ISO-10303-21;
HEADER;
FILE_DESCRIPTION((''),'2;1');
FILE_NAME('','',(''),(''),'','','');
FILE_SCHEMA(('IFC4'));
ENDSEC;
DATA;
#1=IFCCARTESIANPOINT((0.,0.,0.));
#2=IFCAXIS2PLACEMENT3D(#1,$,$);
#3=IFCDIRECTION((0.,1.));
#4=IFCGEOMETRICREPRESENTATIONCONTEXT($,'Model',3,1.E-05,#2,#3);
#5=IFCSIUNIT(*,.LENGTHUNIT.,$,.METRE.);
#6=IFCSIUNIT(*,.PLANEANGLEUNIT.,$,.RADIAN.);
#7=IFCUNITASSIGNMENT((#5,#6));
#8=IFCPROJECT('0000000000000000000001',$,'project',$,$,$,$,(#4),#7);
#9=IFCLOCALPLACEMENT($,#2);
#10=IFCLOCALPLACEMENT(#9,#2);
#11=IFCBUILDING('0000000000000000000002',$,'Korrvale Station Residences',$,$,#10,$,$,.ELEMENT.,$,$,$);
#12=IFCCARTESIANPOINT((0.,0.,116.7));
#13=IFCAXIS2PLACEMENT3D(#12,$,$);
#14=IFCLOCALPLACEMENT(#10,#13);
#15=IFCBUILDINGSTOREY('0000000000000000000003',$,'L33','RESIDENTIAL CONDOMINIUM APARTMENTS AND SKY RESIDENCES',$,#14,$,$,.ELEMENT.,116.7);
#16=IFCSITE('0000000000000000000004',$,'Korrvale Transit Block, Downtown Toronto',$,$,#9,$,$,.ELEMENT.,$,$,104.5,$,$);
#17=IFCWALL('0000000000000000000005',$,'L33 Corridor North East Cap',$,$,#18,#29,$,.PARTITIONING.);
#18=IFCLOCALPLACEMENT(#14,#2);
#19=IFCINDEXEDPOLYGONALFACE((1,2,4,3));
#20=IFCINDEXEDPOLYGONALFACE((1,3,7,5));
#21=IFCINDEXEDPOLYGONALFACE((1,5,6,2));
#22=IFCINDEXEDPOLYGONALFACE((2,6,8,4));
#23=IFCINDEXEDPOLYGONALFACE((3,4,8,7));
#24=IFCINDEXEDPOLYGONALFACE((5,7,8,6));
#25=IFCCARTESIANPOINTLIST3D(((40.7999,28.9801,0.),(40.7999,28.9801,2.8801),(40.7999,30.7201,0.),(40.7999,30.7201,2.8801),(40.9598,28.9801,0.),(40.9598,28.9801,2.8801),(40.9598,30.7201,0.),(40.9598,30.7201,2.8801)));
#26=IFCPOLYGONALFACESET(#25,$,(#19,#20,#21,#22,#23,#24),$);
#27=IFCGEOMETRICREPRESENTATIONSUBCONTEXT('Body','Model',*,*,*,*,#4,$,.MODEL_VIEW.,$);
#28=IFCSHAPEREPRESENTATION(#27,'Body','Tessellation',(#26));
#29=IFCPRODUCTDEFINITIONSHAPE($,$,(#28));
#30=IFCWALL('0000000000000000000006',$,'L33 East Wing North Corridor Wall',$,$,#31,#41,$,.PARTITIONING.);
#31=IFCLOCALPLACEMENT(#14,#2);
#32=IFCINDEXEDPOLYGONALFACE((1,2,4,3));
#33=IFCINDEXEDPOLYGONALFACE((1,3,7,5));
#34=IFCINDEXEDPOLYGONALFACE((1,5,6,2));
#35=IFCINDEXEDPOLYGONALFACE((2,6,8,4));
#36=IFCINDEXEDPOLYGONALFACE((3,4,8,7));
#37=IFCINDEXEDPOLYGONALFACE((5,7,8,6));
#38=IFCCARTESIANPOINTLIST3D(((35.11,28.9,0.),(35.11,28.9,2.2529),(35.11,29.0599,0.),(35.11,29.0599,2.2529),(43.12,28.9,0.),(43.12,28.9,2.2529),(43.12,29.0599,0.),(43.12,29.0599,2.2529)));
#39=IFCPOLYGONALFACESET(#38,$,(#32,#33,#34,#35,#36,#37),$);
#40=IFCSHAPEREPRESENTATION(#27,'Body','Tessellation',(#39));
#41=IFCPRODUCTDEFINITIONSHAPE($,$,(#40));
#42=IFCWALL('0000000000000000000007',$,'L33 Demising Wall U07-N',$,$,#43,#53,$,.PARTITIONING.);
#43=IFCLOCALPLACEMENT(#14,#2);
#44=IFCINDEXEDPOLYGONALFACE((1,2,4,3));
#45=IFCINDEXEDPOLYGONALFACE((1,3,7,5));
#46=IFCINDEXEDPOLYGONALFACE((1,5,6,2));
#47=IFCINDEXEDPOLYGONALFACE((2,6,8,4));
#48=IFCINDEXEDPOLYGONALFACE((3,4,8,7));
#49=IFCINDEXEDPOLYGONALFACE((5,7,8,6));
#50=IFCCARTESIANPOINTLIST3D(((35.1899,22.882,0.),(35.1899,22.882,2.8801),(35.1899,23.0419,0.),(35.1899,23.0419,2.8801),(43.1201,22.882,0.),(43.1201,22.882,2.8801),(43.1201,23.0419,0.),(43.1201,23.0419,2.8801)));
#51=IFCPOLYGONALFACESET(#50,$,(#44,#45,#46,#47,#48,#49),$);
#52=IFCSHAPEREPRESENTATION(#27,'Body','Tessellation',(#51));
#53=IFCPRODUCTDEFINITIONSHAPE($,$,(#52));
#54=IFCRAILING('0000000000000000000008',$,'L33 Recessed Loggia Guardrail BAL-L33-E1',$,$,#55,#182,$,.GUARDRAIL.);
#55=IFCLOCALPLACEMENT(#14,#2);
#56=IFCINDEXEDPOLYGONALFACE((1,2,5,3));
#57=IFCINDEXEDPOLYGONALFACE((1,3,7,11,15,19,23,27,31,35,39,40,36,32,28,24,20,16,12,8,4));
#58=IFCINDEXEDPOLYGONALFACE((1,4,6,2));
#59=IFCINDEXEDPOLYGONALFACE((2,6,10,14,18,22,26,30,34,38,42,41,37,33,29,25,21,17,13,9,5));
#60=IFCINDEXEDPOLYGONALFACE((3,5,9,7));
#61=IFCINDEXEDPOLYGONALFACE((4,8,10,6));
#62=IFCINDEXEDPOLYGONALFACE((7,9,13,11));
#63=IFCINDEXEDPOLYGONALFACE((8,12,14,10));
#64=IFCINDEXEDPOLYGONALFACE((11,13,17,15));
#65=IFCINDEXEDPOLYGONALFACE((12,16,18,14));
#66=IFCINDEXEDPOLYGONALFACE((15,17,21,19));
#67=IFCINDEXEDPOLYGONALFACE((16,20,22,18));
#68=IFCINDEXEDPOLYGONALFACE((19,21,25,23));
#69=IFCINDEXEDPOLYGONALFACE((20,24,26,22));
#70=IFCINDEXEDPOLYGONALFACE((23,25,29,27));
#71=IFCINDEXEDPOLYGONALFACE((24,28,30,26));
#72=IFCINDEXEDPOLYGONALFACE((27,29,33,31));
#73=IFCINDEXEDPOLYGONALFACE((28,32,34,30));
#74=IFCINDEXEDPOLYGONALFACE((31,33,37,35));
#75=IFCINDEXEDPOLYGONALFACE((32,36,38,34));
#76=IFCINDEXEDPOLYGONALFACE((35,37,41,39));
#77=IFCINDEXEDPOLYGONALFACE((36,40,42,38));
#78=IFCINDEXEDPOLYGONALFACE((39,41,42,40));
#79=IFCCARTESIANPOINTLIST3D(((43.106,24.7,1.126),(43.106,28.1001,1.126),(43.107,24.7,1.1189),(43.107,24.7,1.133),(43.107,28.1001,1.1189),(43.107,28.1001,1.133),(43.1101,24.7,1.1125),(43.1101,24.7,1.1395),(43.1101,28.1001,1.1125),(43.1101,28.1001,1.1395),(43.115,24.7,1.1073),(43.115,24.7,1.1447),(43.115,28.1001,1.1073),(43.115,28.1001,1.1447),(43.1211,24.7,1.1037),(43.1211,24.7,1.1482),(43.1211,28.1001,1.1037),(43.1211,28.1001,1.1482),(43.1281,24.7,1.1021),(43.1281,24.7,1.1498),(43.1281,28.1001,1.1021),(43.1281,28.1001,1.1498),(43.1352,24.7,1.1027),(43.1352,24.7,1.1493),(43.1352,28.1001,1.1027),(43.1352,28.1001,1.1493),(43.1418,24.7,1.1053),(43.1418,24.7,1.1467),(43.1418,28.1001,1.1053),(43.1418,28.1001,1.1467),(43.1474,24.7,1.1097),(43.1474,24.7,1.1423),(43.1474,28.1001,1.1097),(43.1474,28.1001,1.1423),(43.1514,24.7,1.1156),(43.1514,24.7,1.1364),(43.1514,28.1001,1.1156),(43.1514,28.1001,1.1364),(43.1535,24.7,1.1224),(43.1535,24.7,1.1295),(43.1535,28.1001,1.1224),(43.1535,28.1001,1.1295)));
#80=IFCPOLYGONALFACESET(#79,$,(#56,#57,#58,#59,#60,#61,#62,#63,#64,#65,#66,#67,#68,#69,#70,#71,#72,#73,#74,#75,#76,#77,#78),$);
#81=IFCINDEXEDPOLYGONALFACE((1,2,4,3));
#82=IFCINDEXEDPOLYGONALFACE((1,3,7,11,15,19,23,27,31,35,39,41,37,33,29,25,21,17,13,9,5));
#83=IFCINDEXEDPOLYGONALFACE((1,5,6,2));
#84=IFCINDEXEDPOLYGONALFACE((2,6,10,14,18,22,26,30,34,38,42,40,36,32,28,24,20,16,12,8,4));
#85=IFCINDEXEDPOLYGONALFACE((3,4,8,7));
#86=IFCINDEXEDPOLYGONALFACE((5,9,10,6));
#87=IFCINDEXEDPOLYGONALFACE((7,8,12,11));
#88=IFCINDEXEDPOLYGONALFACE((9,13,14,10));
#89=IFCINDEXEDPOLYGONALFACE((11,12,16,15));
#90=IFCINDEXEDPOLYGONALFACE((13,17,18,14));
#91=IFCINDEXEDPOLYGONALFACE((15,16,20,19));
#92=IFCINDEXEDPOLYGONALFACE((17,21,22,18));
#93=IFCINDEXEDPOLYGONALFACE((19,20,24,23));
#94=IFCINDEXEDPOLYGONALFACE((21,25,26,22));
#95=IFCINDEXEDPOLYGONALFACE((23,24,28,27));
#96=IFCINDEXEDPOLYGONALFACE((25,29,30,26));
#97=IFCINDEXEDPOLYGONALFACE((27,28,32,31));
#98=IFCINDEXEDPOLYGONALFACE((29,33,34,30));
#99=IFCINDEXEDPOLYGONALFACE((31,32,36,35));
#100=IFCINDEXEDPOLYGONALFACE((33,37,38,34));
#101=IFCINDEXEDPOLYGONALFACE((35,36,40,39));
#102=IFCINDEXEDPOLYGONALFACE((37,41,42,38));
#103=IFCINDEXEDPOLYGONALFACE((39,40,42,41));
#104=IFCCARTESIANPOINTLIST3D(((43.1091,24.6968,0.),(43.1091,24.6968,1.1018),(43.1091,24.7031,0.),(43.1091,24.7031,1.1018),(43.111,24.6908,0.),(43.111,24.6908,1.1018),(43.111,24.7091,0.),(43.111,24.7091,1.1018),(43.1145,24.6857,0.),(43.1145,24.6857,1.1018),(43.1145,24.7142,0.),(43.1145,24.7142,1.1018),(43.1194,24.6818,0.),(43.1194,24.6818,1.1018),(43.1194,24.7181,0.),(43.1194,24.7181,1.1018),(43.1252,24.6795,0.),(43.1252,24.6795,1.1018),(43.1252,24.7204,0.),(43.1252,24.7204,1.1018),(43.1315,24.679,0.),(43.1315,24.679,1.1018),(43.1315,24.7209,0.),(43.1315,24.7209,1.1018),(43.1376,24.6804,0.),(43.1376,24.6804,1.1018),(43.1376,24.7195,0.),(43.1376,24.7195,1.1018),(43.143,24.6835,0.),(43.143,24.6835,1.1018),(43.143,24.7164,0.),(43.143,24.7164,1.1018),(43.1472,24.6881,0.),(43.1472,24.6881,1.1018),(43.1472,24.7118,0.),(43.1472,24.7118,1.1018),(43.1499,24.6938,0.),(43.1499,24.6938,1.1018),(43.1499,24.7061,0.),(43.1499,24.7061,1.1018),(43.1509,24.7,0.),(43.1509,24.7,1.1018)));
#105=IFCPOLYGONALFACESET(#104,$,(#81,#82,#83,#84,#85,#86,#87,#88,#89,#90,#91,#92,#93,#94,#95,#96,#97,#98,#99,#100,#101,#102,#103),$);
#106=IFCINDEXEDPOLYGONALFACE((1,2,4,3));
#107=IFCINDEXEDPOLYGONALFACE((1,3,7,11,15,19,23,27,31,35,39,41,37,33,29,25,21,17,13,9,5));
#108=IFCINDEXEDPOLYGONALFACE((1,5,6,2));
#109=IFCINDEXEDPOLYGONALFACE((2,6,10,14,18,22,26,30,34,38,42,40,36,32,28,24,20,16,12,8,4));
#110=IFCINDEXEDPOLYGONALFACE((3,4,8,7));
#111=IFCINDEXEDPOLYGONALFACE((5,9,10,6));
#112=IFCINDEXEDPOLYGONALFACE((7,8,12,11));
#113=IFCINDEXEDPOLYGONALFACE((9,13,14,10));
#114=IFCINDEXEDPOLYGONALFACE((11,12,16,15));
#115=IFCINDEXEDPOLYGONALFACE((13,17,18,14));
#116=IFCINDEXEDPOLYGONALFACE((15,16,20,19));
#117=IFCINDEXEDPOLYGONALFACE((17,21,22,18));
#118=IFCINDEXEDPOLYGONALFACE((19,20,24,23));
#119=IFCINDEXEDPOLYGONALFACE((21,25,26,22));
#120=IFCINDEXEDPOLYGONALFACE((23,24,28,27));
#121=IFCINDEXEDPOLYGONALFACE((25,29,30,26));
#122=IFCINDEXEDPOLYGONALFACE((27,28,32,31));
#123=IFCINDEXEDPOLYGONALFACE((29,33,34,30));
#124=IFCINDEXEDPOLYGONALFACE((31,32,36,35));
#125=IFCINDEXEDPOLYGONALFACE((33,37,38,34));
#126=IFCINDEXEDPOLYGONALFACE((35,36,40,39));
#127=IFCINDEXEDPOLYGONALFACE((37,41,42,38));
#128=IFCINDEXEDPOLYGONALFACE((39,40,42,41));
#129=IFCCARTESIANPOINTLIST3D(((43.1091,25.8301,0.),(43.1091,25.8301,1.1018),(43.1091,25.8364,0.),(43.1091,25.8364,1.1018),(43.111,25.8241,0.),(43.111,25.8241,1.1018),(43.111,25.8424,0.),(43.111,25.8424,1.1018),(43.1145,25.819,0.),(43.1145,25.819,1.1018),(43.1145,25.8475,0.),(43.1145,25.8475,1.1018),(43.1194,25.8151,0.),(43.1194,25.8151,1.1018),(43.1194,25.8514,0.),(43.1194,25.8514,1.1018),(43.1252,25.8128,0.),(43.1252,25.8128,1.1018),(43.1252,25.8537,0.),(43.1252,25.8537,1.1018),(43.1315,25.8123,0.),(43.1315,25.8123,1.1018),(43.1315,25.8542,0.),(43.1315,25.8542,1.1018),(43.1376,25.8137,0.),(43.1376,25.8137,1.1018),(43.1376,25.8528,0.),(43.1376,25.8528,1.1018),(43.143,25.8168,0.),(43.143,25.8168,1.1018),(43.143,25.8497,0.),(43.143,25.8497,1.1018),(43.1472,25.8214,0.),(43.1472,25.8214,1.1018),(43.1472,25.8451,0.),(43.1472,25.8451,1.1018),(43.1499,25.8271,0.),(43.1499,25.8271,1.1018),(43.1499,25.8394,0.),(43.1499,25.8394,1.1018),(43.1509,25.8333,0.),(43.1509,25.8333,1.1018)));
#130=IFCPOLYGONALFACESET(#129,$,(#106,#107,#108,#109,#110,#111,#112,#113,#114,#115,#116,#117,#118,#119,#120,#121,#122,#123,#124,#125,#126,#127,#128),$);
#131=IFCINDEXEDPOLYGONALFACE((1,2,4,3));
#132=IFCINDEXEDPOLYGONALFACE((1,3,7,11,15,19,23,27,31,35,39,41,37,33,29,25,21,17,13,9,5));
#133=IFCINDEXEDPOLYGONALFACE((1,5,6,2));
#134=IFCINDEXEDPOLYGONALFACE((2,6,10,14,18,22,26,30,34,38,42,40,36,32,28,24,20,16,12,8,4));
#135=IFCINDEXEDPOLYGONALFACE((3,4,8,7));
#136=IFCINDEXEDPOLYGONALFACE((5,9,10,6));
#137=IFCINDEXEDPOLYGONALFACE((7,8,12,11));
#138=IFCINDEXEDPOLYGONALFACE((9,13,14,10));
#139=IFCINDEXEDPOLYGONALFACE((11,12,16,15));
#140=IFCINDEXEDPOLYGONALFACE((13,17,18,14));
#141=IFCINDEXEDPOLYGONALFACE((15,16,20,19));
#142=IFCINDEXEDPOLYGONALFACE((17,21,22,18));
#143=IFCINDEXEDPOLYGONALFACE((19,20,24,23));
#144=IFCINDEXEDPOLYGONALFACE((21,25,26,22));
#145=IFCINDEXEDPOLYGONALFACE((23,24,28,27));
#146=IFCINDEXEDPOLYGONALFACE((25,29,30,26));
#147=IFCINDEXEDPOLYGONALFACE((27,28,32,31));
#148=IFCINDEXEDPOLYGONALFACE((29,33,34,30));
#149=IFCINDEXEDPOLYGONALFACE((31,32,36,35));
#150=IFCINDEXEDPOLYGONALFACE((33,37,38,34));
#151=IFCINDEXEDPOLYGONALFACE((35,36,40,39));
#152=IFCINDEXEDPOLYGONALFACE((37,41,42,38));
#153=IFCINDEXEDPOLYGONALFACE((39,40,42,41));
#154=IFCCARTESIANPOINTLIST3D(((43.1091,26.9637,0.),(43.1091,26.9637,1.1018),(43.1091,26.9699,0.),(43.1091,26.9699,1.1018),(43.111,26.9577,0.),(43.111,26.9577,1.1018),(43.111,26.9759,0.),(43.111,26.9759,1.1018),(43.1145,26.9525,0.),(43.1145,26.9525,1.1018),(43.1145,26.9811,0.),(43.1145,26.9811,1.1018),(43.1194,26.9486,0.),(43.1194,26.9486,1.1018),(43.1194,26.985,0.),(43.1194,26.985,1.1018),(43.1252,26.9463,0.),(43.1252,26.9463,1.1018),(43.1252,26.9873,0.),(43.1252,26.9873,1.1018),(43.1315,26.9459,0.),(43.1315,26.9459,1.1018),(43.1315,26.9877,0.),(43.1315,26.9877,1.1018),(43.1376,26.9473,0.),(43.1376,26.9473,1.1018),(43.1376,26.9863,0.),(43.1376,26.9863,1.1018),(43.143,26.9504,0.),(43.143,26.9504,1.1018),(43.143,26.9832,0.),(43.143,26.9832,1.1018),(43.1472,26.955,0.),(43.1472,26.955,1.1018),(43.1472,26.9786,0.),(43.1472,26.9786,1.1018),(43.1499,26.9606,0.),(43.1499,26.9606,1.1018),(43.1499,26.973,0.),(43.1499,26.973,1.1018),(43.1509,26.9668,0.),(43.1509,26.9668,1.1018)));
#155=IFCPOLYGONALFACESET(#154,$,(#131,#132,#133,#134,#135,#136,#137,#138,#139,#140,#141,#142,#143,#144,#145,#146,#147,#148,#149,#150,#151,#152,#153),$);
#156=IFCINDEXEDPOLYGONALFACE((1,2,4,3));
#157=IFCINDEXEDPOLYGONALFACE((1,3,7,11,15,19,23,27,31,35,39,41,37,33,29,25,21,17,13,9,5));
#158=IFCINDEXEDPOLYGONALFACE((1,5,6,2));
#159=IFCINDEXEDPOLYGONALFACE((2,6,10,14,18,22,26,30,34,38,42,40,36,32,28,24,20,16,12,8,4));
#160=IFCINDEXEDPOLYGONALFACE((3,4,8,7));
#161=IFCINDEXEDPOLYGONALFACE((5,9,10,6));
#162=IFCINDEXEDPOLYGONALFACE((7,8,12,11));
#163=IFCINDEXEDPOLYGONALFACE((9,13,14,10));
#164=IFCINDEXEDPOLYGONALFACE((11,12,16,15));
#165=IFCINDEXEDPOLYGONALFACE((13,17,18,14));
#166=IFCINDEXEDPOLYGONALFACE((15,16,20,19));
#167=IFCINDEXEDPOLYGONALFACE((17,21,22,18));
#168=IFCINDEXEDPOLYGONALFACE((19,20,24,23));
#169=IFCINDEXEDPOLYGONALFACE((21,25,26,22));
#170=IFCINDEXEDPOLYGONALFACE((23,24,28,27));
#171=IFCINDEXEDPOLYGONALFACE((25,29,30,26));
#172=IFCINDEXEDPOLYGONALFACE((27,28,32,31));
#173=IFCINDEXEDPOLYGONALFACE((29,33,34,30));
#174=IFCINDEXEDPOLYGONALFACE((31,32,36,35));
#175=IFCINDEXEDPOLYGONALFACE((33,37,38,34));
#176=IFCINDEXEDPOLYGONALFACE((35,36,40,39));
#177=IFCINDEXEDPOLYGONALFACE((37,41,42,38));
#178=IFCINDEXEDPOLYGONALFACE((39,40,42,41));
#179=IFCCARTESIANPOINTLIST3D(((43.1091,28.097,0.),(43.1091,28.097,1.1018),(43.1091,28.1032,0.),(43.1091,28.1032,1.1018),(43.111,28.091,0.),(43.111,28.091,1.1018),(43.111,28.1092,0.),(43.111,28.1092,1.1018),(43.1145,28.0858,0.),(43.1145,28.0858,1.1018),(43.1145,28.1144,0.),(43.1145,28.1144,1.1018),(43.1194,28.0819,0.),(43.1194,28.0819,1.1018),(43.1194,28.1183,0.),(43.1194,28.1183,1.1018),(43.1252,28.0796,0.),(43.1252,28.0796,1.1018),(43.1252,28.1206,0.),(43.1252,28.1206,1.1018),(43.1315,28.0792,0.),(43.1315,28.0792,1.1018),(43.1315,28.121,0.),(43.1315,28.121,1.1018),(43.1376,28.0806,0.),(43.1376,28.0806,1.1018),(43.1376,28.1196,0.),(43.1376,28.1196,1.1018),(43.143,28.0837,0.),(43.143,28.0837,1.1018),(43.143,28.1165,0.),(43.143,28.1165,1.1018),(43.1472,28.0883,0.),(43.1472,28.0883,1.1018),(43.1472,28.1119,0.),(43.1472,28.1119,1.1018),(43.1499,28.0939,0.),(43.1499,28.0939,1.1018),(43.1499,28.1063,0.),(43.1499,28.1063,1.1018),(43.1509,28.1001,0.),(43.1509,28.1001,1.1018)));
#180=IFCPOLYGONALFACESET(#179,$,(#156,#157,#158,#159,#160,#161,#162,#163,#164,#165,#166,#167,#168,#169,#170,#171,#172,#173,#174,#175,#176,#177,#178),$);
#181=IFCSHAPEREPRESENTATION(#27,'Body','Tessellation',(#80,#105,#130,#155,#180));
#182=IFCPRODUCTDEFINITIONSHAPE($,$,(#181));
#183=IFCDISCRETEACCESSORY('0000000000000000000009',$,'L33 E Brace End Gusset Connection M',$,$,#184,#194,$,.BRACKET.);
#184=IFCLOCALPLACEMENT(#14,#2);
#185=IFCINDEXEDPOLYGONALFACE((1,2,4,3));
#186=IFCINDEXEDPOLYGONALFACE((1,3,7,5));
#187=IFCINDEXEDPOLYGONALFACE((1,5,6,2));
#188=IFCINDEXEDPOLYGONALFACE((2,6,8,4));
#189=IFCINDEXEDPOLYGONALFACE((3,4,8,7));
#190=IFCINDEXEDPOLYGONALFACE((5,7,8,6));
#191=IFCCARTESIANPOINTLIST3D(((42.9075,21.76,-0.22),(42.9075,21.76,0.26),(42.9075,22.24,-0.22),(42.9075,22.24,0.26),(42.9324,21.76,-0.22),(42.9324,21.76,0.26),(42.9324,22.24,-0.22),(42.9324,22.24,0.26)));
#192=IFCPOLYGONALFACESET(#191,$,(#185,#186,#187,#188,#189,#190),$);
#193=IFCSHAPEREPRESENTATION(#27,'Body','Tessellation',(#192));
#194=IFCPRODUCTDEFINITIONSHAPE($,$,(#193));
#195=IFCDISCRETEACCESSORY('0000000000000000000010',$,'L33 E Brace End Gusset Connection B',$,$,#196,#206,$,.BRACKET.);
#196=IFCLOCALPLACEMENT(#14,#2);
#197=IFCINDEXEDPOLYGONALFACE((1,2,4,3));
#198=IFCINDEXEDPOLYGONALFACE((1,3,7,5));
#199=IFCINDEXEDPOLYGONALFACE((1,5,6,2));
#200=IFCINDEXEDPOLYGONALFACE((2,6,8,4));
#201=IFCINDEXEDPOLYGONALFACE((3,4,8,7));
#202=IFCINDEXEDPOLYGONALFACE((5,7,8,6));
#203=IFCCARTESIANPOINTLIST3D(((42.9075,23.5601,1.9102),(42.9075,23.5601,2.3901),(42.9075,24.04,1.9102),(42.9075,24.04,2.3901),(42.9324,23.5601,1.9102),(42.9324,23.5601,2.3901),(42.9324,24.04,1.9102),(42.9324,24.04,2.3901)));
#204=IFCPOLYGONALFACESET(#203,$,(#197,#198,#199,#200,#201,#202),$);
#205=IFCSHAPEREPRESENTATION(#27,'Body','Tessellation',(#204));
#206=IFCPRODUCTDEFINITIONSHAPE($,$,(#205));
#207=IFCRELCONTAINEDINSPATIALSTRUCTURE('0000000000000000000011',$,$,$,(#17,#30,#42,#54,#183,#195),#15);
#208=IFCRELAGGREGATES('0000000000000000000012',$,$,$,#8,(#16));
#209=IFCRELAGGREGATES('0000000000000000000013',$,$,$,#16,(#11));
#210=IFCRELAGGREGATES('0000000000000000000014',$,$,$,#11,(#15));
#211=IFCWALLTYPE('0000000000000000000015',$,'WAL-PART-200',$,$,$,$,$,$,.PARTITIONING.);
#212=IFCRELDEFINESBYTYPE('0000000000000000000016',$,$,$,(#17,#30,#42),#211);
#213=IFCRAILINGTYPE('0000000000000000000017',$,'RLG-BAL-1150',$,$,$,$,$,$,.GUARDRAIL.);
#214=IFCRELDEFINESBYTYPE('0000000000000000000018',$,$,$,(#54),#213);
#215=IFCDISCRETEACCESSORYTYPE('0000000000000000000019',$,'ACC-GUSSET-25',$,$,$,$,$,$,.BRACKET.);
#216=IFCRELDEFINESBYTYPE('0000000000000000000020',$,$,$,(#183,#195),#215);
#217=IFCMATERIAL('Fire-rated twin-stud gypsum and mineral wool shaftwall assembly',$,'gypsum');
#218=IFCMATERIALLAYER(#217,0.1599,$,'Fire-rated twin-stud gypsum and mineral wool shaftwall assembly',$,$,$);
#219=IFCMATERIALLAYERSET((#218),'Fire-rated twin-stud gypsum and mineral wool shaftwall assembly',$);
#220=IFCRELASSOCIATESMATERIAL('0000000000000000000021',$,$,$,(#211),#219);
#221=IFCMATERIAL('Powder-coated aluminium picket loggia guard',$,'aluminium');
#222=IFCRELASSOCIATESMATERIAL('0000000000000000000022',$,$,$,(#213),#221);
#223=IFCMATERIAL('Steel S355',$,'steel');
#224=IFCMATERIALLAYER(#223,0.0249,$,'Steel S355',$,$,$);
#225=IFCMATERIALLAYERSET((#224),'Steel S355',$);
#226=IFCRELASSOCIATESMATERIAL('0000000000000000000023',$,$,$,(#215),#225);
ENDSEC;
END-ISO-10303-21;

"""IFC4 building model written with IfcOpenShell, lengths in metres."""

from ifc_helpers import new_model, si_unit, direction, frame, frame_2d, origin, origin_2d, place, context, subcontext, project, spatial, rectangle, circle, extrude, material, layer, layer_set, type_object, element, save


model = new_model("IFC4")

# Units and contexts
model_context = context("Model", 3, precision=1e-05, world=origin(), true_north=direction((0.0, 1.0)))
body_context = subcontext(model_context, "Body", "Model", "MODEL_VIEW")
ifc_project = project(units=[si_unit("LENGTHUNIT", "METRE"), si_unit("PLANEANGLEUNIT", "RADIAN")], contexts=[model_context])

# Site, building, storey
site_placement = place(None, origin())
site = spatial("IfcSite", under=ifc_project, at=site_placement, Name="Korrvale Transit Block, Downtown Toronto", CompositionType="ELEMENT", RefElevation=104.5)
building_placement = place(site_placement, origin())
building = spatial("IfcBuilding", under=site, at=building_placement, Name="Korrvale Station Residences", CompositionType="ELEMENT")
storey_placement = place(building_placement, frame((0.0, 0.0, 116.7)))
storey = spatial("IfcBuildingStorey", under=building, at=storey_placement, Name="L33", Description="RESIDENTIAL CONDOMINIUM APARTMENTS AND SKY RESIDENCES", CompositionType="ELEMENT", Elevation=116.7)

# Shared definitions
ifc_material_1 = material(Name="Steel S355", Category="steel")

# Walls
ifc_material_2 = material(Name="Fire-rated twin-stud gypsum and mineral wool shaftwall assembly", Category="gypsum")
ifc_layer_1 = layer(ifc_material_2, 0.1599, Name="Fire-rated twin-stud gypsum and mineral wool shaftwall assembly")
ifc_layer_set_1 = layer_set([ifc_layer_1], Name="Fire-rated twin-stud gypsum and mineral wool shaftwall assembly")
wall_type_1 = type_object("IfcWallType", Name="WAL-PART-200", PredefinedType="PARTITIONING", material=ifc_layer_set_1)
wall_1_placement = place(storey_placement, frame((40.8799, 28.98, 0.0), z_axis=(0.0, 0.0, 1.0), x_axis=(0.0, 1.0, 0.0)))
element("IfcWall", 1, at=wall_1_placement, inside=storey, type_object=wall_type_1, Name="L33 Corridor North East Cap", PredefinedType="PARTITIONING", context=body_context, shape_type="SweptSolid", body=[
    extrude(rectangle(XDim=1.74, YDim=0.1599, at=frame_2d((0.8701, 0.0))), origin(), (0.0, 0.0, 1.0), 2.8801),
])
wall_2_placement = place(storey_placement, frame((35.1101, 28.98, 0.0), z_axis=(0.0, 0.0, 1.0), x_axis=(1.0, 0.0, 0.0)))
element("IfcWall", 2, at=wall_2_placement, inside=storey, type_object=wall_type_1, Name="L33 East Wing North Corridor Wall", PredefinedType="PARTITIONING", context=body_context, shape_type="SweptSolid", body=[
    extrude(rectangle(XDim=8.01, YDim=0.1599, at=frame_2d((4.0049, 0.0))), origin(), (0.0, 0.0, 1.0), 2.2529),
])
wall_3_placement = place(storey_placement, frame((35.1899, 22.9619, 0.0), z_axis=(0.0, 0.0, 1.0), x_axis=(1.0, 0.0, 0.0)))
element("IfcWall", 3, at=wall_3_placement, inside=storey, type_object=wall_type_1, Name="L33 Demising Wall U07-N", PredefinedType="PARTITIONING", context=body_context, shape_type="SweptSolid", body=[
    extrude(rectangle(XDim=7.9302, YDim=0.1599, at=frame_2d((3.9651, 0.0))), origin(), (0.0, 0.0, 1.0), 2.8801),
])

# Railing
ifc_material_3 = material(Name="Powder-coated aluminium picket loggia guard", Category="aluminium")
railing_type = type_object("IfcRailingType", Name="RLG-BAL-1150", PredefinedType="GUARDRAIL", material=ifc_material_3)
railing_placement = place(storey_placement, frame((43.1299, 24.7, 0.0)))
element("IfcRailing", 4, at=railing_placement, inside=storey, type_object=railing_type, Name="L33 Recessed Loggia Guardrail BAL-L33-E1", PredefinedType="GUARDRAIL", context=body_context, shape_type="SweptSolid", body=[
    extrude(circle(Radius=0.0239, at=origin_2d()), frame((0.0, 0.0, 1.126), z_axis=(0.0, 1.0, 0.0), x_axis=(-1.0, 0.0, 0.0)), (0.0, 0.0, 1.0), 3.4001),
    extrude(circle(Radius=0.021, at=origin_2d()), origin(), (0.0, 0.0, 1.0), 1.1018),
    extrude(circle(Radius=0.021, at=origin_2d()), frame((0.0, 1.1333, 0.0)), (0.0, 0.0, 1.0), 1.1018),
    extrude(circle(Radius=0.021, at=origin_2d()), frame((0.0, 2.2668, 0.0)), (0.0, 0.0, 1.0), 1.1018),
    extrude(circle(Radius=0.021, at=origin_2d()), frame((0.0, 3.4001, 0.0)), (0.0, 0.0, 1.0), 1.1018),
])

# Discrete accessories
ifc_layer_2 = layer(ifc_material_1, 0.0249, Name="Steel S355")
ifc_layer_set_2 = layer_set([ifc_layer_2], Name="Steel S355")
discrete_accessory_type = type_object("IfcDiscreteAccessoryType", Name="ACC-GUSSET-25", PredefinedType="BRACKET", material=ifc_layer_set_2)
for number, where, z_axis, x_axis, name in (
    (5, (42.9199, 22.0, -0.22), (0.0, 0.0, 1.0), (0.0, 1.0, 0.0), "L33 E Brace End Gusset Connection M"),
    (6, (42.9199, 23.8, 1.9102), (0.0, 0.0, 1.0), (0.0, 1.0, 0.0), "L33 E Brace End Gusset Connection B"),
):
    element("IfcDiscreteAccessory", number, at=place(storey_placement, frame(where, z_axis=z_axis, x_axis=x_axis)), inside=storey, type_object=discrete_accessory_type, Name=name, PredefinedType="BRACKET", context=body_context, shape_type="SweptSolid", body=[
        extrude(rectangle(XDim=0.48, YDim=0.0249, at=origin_2d()), origin(), (0.0, 0.0, 1.0), 0.48),
    ])

save(model, "model.ifc")
